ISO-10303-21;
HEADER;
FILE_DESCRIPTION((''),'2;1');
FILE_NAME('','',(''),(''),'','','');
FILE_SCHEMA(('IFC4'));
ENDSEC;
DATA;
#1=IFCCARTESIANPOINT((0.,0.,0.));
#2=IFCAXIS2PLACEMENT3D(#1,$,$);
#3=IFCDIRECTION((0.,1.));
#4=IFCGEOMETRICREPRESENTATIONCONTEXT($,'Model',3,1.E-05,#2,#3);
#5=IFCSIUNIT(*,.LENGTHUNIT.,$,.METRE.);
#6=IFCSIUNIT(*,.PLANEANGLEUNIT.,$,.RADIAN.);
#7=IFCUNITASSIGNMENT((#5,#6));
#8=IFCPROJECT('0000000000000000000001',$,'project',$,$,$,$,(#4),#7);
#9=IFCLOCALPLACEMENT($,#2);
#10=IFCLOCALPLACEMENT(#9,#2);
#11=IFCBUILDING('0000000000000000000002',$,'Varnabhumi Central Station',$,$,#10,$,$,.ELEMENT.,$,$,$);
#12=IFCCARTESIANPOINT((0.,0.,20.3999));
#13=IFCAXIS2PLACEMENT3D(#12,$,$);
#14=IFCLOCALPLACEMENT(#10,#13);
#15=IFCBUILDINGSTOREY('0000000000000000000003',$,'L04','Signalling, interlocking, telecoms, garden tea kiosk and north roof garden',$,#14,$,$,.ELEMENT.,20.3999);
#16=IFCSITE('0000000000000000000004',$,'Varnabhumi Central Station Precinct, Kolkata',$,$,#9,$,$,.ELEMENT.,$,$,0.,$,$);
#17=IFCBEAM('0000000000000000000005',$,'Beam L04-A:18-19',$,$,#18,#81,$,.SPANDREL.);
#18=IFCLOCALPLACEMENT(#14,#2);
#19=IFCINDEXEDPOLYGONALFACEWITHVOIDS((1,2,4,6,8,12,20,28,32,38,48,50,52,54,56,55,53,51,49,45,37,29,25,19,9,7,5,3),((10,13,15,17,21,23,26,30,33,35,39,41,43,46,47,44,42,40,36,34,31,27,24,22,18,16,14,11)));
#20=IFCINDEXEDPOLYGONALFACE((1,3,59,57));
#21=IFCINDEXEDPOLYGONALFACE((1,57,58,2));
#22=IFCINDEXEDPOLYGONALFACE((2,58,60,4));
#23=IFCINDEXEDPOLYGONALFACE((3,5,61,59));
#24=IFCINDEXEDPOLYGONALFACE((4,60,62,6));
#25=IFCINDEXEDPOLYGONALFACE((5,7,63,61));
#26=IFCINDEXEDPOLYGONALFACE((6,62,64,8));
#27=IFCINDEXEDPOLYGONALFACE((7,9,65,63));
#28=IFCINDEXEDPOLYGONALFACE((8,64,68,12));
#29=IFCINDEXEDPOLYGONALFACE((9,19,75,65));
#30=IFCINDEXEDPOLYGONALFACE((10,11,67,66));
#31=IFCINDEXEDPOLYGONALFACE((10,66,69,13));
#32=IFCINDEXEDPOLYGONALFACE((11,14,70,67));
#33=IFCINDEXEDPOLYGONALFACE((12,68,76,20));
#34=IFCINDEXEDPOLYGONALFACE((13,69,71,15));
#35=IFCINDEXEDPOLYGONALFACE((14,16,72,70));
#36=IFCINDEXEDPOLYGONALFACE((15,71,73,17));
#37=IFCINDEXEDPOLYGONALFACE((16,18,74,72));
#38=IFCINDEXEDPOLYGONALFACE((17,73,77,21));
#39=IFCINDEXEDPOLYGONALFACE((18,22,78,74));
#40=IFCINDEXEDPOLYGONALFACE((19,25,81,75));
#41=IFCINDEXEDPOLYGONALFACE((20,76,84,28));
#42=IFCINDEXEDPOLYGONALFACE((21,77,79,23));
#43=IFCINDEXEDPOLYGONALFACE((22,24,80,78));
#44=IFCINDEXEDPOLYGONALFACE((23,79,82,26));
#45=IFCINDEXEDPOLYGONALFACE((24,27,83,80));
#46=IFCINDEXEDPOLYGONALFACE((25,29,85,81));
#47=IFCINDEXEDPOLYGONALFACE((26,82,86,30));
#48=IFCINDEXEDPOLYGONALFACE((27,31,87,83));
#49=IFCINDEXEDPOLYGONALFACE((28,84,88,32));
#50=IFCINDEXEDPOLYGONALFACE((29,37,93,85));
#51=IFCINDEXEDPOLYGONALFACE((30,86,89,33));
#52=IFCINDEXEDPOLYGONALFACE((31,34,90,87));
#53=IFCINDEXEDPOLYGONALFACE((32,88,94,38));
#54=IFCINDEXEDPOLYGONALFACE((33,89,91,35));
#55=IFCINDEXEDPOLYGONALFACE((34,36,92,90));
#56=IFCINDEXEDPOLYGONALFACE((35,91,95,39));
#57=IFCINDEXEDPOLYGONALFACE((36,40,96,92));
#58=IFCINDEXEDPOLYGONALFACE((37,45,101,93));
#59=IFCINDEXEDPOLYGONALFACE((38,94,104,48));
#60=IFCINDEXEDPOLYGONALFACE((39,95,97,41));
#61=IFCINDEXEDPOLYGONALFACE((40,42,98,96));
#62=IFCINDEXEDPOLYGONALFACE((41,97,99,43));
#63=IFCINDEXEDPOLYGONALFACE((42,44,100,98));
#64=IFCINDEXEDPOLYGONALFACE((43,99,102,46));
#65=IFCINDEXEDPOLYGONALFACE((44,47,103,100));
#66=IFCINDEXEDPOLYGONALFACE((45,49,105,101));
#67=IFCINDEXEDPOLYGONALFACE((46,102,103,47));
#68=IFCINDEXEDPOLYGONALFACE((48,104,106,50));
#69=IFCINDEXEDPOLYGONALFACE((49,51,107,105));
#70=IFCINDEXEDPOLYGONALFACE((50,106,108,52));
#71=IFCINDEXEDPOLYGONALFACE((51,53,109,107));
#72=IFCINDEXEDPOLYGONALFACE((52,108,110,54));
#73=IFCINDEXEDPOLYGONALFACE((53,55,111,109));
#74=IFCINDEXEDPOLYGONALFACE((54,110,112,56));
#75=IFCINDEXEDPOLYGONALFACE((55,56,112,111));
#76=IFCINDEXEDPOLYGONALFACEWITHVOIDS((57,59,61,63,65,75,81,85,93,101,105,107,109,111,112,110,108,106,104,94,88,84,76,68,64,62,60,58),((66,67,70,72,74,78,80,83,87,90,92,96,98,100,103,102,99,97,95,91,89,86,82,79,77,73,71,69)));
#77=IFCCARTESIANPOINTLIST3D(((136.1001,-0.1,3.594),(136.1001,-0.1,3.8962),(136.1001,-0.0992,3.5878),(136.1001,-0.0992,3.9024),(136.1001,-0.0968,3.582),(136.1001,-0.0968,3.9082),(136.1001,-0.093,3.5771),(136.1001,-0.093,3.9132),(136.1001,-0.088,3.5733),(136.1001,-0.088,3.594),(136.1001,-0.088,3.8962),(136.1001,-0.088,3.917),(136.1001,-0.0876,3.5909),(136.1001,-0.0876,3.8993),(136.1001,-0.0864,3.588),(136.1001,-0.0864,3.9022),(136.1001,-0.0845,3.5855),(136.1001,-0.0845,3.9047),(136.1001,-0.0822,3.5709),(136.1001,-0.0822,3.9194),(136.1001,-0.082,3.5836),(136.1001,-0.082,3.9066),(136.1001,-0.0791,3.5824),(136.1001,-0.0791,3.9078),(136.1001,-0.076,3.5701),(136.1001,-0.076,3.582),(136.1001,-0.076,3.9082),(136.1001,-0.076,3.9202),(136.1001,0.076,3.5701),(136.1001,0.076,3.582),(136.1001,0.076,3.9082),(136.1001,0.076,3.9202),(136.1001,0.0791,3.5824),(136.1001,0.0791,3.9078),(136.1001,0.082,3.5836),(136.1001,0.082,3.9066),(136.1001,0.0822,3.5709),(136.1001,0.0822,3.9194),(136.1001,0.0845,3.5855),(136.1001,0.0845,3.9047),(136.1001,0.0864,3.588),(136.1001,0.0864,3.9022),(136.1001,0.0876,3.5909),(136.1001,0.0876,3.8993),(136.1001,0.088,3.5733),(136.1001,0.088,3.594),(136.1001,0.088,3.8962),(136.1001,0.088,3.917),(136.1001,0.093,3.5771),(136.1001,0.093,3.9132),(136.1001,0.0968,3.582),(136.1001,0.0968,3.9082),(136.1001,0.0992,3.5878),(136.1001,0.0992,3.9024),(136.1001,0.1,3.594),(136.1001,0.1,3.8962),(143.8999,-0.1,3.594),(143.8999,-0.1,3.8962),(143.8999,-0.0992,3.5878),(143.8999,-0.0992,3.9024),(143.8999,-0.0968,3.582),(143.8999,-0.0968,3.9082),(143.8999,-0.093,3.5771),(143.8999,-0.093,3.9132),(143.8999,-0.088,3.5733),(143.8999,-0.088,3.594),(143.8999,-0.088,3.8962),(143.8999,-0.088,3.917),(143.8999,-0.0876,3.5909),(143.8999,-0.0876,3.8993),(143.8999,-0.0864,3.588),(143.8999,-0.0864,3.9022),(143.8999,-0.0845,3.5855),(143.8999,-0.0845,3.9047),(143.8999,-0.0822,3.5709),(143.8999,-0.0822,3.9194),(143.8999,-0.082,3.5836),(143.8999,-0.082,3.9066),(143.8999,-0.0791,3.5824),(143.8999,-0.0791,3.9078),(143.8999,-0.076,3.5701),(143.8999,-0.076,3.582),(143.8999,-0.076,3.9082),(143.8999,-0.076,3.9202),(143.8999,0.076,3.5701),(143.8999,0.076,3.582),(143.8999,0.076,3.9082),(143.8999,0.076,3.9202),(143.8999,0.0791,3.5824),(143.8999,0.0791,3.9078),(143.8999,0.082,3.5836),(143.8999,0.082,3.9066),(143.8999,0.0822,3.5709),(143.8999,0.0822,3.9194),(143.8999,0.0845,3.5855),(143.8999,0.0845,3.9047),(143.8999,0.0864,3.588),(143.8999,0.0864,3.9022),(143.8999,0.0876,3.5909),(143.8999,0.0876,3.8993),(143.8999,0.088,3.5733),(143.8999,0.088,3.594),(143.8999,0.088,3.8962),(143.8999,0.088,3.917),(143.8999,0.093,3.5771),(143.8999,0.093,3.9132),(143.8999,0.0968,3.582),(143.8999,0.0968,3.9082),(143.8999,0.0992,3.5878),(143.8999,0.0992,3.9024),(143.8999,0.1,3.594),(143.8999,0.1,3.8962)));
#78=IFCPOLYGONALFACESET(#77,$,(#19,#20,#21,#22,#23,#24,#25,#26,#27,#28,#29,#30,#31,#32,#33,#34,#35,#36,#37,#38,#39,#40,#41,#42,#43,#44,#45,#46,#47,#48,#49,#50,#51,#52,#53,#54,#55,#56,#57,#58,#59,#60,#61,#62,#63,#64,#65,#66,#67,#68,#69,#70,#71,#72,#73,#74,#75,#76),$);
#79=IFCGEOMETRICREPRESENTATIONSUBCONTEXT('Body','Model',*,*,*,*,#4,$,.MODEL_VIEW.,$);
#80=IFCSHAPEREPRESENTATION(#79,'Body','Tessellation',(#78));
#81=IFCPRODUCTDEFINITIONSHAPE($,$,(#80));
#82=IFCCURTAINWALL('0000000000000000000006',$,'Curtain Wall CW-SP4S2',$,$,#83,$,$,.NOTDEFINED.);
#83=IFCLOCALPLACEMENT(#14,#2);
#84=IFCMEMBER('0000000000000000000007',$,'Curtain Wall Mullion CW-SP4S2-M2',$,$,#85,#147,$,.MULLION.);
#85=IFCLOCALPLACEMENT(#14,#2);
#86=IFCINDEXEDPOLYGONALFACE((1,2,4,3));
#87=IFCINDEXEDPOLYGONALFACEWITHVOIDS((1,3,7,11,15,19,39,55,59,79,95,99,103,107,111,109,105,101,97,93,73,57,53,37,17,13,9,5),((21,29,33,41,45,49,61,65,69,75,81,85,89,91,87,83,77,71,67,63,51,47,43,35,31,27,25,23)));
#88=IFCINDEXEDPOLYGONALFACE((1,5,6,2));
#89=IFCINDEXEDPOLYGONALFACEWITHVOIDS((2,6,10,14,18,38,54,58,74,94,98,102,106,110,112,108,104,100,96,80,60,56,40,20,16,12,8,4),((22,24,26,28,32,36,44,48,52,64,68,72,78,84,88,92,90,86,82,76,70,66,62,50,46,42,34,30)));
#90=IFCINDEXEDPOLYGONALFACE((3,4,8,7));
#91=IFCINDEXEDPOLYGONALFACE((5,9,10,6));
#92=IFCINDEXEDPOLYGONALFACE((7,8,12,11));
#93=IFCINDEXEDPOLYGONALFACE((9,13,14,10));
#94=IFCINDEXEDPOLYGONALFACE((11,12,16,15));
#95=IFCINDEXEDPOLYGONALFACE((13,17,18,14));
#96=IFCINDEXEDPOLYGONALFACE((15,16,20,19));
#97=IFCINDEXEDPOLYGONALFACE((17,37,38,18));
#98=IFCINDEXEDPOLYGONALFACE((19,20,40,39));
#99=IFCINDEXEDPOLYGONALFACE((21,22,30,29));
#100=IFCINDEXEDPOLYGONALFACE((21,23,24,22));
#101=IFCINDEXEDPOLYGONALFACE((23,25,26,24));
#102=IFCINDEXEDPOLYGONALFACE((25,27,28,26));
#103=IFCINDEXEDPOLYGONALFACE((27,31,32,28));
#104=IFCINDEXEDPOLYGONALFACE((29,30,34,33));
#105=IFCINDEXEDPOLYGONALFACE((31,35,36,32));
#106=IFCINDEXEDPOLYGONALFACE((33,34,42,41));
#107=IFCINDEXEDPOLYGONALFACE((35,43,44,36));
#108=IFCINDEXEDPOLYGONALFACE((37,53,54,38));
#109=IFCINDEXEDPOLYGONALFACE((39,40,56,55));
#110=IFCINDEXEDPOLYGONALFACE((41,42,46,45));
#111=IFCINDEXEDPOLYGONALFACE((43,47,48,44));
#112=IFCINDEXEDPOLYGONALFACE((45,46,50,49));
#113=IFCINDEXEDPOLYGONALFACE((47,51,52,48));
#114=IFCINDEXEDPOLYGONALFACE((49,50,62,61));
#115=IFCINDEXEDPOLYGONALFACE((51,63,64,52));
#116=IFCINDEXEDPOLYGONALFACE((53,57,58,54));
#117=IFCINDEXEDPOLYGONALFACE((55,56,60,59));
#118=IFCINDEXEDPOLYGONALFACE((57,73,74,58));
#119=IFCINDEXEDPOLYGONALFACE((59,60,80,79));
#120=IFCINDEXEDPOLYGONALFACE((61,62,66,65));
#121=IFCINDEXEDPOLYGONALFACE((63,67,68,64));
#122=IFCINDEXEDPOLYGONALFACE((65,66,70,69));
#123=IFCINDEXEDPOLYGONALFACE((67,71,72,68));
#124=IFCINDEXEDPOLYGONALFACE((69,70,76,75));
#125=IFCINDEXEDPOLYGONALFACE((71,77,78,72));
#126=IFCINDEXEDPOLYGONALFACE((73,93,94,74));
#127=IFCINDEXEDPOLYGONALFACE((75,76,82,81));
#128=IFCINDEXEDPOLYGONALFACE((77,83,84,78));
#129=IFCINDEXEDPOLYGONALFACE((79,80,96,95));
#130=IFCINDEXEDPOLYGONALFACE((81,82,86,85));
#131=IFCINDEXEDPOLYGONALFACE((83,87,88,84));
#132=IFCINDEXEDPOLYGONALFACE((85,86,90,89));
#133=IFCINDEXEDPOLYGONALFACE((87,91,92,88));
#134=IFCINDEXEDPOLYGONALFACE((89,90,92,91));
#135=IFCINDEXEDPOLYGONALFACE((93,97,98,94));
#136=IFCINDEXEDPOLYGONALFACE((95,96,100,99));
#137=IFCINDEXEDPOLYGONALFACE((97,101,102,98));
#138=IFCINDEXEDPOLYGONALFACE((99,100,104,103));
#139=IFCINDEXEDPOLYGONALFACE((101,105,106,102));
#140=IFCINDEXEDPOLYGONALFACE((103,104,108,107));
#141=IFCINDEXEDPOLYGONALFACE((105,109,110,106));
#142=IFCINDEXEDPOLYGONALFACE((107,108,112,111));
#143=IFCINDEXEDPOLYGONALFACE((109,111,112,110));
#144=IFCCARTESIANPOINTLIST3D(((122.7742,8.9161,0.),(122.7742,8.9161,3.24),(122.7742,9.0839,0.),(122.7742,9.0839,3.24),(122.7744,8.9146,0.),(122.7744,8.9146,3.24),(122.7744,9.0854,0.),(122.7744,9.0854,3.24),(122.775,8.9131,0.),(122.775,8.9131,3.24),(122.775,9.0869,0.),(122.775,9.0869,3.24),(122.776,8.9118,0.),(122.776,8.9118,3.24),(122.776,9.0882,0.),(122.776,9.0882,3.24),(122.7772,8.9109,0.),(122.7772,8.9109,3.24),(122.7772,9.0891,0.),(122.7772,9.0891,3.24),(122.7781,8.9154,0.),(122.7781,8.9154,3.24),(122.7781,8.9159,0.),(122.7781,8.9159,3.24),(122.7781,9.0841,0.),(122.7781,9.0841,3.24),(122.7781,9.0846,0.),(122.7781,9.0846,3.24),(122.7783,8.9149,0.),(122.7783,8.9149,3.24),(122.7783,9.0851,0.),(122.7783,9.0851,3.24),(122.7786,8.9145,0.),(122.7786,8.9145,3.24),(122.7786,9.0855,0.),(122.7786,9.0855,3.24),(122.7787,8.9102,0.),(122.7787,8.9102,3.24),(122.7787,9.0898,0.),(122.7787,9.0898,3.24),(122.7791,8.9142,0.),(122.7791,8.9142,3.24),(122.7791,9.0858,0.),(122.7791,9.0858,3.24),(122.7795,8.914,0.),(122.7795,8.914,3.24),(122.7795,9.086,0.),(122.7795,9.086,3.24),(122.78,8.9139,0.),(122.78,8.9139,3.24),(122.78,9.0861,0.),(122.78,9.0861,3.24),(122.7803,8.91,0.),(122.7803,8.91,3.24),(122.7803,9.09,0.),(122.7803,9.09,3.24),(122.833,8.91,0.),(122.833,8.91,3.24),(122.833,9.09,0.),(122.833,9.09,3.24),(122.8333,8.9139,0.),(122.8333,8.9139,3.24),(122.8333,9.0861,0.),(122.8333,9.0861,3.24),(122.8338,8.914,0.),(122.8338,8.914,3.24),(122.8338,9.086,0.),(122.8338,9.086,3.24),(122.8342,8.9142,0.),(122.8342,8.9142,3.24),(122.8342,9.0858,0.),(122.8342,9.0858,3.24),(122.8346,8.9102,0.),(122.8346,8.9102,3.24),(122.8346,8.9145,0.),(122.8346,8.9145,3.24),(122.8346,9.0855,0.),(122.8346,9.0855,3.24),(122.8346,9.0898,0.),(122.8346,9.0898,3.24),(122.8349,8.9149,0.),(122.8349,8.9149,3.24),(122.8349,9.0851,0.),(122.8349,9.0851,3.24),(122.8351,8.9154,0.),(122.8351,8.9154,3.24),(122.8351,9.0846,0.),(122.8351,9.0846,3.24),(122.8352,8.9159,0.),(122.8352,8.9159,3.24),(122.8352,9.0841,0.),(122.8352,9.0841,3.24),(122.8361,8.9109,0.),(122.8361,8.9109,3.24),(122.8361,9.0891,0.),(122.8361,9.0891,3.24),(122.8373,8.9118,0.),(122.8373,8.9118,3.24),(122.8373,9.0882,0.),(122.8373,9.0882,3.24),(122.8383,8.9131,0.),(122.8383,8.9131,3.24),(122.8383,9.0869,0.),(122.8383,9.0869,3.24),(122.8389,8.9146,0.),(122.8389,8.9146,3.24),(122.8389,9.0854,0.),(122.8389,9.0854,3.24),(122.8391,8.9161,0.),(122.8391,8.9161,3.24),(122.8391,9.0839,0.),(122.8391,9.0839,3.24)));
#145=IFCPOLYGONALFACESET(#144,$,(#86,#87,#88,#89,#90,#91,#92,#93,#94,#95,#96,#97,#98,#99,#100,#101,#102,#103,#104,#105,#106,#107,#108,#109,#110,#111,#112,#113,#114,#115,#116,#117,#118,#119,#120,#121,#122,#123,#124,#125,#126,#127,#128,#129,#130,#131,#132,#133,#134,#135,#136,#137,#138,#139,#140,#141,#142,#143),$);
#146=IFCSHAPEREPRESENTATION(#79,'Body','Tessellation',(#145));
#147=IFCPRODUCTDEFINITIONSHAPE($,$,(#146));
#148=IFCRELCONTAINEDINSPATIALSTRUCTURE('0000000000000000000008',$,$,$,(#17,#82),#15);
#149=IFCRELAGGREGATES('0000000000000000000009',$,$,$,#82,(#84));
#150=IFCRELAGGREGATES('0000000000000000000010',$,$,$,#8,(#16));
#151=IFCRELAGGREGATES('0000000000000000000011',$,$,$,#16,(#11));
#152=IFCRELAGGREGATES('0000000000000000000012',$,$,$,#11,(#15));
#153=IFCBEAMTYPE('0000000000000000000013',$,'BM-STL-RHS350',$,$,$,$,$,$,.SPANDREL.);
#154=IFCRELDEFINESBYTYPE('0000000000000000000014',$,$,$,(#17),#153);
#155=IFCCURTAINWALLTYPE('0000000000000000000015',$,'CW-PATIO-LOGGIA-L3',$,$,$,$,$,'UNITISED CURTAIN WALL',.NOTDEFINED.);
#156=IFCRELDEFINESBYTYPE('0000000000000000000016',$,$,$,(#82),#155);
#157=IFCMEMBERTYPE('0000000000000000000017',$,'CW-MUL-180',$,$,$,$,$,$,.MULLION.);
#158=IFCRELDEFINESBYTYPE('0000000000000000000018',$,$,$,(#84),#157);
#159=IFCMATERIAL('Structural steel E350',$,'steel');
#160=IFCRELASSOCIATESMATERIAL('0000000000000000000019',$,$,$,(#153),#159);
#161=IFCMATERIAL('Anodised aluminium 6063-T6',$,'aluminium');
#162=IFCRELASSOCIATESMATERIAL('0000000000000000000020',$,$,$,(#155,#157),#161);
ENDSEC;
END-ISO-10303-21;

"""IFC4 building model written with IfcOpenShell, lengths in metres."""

from ifc_helpers import new_model, si_unit, direction, frame, origin, origin_2d, place, context, subcontext, project, spatial, hollow_rectangle, extrude, material, material_profile, profile_set, type_object, element, aggregate, save


model = new_model("IFC4")

# Units and contexts
model_context = context("Model", 3, precision=1e-05, world=origin(), true_north=direction((0.0, 1.0)))
body_context = subcontext(model_context, "Body", "Model", "MODEL_VIEW")
ifc_project = project(units=[si_unit("LENGTHUNIT", "METRE"), si_unit("PLANEANGLEUNIT", "RADIAN")], contexts=[model_context])

# Site, building, storey
site_placement = place(None, origin())
site = spatial("IfcSite", under=ifc_project, at=site_placement, Name="Varnabhumi Central Station Precinct, Kolkata", CompositionType="ELEMENT", RefElevation=0.0)
building_placement = place(site_placement, origin())
building = spatial("IfcBuilding", under=site, at=building_placement, Name="Varnabhumi Central Station", CompositionType="ELEMENT")
storey_placement = place(building_placement, frame((0.0, 0.0, 20.3999)))
storey = spatial("IfcBuildingStorey", under=building, at=storey_placement, Name="L04", Description="Signalling, interlocking, telecoms, garden tea kiosk and north roof garden", CompositionType="ELEMENT", Elevation=20.3999)

# Beam
ifc_material_1 = material(Name="Structural steel E350", Category="steel")
ifc_material_profile_1 = material_profile(ifc_material_1, hollow_rectangle(XDim=0.2, YDim=0.3501, WallThickness=0.012, InnerFilletRadius=0.012, OuterFilletRadius=0.0239, at=origin_2d()), Name="Structural steel E350", Category="steel")
ifc_profile_set_1 = profile_set([ifc_material_profile_1], Name="Structural steel E350")
beam_type_1 = type_object("IfcBeamType", Name="BM-STL-RHS350", PredefinedType="SPANDREL", material=ifc_profile_set_1)
for number, where, z_axis, x_axis, name in (
    (1, (136.1001, 0.0, 3.7451), (1.0, 0.0, 0.0), (0.0, 1.0, 0.0), "Beam L04-A:18-19"),
):
    element("IfcBeam", number, at=place(storey_placement, frame(where, z_axis=z_axis, x_axis=x_axis)), inside=storey, type_object=beam_type_1, Name=name, PredefinedType="SPANDREL", context=body_context, shape_type="SweptSolid", body=[
        extrude(hollow_rectangle(XDim=0.2, YDim=0.3501, WallThickness=0.012, InnerFilletRadius=0.012, OuterFilletRadius=0.0239, at=origin_2d()), origin(), (0.0, 0.0, 1.0), 7.7998),
    ])

# Curtain wall, member
ifc_material_2 = material(Name="Anodised aluminium 6063-T6", Category="aluminium")
curtain_wall_type = type_object("IfcCurtainWallType", Name="CW-PATIO-LOGGIA-L3", ElementType="UNITISED CURTAIN WALL", PredefinedType="NOTDEFINED", material=ifc_material_2)
curtain_wall_1_placement = place(storey_placement, origin())
curtain_wall_1 = element("IfcCurtainWall", 2, at=curtain_wall_1_placement, inside=storey, type_object=curtain_wall_type, Name="Curtain Wall CW-SP4S2", PredefinedType="NOTDEFINED")
ifc_material_profile_2 = material_profile(ifc_material_2, hollow_rectangle(XDim=0.0649, YDim=0.1799, WallThickness=0.0039, InnerFilletRadius=0.002, OuterFilletRadius=0.0061, at=origin_2d()), Name="Anodised aluminium 6063-T6", Category="aluminium")
ifc_profile_set_2 = profile_set([ifc_material_profile_2], Name="Anodised aluminium 6063-T6")
member_type_1 = type_object("IfcMemberType", Name="CW-MUL-180", PredefinedType="MULLION", material=ifc_profile_set_2)
member_1_placement = place(storey_placement, frame((122.8066, 9.0, 0.0), z_axis=(0.0, 0.0, 1.0), x_axis=(1.0, 0.0, 0.0)))
member_1 = element("IfcMember", 3, at=member_1_placement, type_object=member_type_1, Name="Curtain Wall Mullion CW-SP4S2-M2", PredefinedType="MULLION", context=body_context, shape_type="SweptSolid", body=[
    extrude(hollow_rectangle(XDim=0.0649, YDim=0.1799, WallThickness=0.0039, InnerFilletRadius=0.002, OuterFilletRadius=0.0061, at=origin_2d()), origin(), (0.0, 0.0, 1.0), 3.24),
])

aggregate(curtain_wall_1, [member_1])

save(model, "model.ifc")
